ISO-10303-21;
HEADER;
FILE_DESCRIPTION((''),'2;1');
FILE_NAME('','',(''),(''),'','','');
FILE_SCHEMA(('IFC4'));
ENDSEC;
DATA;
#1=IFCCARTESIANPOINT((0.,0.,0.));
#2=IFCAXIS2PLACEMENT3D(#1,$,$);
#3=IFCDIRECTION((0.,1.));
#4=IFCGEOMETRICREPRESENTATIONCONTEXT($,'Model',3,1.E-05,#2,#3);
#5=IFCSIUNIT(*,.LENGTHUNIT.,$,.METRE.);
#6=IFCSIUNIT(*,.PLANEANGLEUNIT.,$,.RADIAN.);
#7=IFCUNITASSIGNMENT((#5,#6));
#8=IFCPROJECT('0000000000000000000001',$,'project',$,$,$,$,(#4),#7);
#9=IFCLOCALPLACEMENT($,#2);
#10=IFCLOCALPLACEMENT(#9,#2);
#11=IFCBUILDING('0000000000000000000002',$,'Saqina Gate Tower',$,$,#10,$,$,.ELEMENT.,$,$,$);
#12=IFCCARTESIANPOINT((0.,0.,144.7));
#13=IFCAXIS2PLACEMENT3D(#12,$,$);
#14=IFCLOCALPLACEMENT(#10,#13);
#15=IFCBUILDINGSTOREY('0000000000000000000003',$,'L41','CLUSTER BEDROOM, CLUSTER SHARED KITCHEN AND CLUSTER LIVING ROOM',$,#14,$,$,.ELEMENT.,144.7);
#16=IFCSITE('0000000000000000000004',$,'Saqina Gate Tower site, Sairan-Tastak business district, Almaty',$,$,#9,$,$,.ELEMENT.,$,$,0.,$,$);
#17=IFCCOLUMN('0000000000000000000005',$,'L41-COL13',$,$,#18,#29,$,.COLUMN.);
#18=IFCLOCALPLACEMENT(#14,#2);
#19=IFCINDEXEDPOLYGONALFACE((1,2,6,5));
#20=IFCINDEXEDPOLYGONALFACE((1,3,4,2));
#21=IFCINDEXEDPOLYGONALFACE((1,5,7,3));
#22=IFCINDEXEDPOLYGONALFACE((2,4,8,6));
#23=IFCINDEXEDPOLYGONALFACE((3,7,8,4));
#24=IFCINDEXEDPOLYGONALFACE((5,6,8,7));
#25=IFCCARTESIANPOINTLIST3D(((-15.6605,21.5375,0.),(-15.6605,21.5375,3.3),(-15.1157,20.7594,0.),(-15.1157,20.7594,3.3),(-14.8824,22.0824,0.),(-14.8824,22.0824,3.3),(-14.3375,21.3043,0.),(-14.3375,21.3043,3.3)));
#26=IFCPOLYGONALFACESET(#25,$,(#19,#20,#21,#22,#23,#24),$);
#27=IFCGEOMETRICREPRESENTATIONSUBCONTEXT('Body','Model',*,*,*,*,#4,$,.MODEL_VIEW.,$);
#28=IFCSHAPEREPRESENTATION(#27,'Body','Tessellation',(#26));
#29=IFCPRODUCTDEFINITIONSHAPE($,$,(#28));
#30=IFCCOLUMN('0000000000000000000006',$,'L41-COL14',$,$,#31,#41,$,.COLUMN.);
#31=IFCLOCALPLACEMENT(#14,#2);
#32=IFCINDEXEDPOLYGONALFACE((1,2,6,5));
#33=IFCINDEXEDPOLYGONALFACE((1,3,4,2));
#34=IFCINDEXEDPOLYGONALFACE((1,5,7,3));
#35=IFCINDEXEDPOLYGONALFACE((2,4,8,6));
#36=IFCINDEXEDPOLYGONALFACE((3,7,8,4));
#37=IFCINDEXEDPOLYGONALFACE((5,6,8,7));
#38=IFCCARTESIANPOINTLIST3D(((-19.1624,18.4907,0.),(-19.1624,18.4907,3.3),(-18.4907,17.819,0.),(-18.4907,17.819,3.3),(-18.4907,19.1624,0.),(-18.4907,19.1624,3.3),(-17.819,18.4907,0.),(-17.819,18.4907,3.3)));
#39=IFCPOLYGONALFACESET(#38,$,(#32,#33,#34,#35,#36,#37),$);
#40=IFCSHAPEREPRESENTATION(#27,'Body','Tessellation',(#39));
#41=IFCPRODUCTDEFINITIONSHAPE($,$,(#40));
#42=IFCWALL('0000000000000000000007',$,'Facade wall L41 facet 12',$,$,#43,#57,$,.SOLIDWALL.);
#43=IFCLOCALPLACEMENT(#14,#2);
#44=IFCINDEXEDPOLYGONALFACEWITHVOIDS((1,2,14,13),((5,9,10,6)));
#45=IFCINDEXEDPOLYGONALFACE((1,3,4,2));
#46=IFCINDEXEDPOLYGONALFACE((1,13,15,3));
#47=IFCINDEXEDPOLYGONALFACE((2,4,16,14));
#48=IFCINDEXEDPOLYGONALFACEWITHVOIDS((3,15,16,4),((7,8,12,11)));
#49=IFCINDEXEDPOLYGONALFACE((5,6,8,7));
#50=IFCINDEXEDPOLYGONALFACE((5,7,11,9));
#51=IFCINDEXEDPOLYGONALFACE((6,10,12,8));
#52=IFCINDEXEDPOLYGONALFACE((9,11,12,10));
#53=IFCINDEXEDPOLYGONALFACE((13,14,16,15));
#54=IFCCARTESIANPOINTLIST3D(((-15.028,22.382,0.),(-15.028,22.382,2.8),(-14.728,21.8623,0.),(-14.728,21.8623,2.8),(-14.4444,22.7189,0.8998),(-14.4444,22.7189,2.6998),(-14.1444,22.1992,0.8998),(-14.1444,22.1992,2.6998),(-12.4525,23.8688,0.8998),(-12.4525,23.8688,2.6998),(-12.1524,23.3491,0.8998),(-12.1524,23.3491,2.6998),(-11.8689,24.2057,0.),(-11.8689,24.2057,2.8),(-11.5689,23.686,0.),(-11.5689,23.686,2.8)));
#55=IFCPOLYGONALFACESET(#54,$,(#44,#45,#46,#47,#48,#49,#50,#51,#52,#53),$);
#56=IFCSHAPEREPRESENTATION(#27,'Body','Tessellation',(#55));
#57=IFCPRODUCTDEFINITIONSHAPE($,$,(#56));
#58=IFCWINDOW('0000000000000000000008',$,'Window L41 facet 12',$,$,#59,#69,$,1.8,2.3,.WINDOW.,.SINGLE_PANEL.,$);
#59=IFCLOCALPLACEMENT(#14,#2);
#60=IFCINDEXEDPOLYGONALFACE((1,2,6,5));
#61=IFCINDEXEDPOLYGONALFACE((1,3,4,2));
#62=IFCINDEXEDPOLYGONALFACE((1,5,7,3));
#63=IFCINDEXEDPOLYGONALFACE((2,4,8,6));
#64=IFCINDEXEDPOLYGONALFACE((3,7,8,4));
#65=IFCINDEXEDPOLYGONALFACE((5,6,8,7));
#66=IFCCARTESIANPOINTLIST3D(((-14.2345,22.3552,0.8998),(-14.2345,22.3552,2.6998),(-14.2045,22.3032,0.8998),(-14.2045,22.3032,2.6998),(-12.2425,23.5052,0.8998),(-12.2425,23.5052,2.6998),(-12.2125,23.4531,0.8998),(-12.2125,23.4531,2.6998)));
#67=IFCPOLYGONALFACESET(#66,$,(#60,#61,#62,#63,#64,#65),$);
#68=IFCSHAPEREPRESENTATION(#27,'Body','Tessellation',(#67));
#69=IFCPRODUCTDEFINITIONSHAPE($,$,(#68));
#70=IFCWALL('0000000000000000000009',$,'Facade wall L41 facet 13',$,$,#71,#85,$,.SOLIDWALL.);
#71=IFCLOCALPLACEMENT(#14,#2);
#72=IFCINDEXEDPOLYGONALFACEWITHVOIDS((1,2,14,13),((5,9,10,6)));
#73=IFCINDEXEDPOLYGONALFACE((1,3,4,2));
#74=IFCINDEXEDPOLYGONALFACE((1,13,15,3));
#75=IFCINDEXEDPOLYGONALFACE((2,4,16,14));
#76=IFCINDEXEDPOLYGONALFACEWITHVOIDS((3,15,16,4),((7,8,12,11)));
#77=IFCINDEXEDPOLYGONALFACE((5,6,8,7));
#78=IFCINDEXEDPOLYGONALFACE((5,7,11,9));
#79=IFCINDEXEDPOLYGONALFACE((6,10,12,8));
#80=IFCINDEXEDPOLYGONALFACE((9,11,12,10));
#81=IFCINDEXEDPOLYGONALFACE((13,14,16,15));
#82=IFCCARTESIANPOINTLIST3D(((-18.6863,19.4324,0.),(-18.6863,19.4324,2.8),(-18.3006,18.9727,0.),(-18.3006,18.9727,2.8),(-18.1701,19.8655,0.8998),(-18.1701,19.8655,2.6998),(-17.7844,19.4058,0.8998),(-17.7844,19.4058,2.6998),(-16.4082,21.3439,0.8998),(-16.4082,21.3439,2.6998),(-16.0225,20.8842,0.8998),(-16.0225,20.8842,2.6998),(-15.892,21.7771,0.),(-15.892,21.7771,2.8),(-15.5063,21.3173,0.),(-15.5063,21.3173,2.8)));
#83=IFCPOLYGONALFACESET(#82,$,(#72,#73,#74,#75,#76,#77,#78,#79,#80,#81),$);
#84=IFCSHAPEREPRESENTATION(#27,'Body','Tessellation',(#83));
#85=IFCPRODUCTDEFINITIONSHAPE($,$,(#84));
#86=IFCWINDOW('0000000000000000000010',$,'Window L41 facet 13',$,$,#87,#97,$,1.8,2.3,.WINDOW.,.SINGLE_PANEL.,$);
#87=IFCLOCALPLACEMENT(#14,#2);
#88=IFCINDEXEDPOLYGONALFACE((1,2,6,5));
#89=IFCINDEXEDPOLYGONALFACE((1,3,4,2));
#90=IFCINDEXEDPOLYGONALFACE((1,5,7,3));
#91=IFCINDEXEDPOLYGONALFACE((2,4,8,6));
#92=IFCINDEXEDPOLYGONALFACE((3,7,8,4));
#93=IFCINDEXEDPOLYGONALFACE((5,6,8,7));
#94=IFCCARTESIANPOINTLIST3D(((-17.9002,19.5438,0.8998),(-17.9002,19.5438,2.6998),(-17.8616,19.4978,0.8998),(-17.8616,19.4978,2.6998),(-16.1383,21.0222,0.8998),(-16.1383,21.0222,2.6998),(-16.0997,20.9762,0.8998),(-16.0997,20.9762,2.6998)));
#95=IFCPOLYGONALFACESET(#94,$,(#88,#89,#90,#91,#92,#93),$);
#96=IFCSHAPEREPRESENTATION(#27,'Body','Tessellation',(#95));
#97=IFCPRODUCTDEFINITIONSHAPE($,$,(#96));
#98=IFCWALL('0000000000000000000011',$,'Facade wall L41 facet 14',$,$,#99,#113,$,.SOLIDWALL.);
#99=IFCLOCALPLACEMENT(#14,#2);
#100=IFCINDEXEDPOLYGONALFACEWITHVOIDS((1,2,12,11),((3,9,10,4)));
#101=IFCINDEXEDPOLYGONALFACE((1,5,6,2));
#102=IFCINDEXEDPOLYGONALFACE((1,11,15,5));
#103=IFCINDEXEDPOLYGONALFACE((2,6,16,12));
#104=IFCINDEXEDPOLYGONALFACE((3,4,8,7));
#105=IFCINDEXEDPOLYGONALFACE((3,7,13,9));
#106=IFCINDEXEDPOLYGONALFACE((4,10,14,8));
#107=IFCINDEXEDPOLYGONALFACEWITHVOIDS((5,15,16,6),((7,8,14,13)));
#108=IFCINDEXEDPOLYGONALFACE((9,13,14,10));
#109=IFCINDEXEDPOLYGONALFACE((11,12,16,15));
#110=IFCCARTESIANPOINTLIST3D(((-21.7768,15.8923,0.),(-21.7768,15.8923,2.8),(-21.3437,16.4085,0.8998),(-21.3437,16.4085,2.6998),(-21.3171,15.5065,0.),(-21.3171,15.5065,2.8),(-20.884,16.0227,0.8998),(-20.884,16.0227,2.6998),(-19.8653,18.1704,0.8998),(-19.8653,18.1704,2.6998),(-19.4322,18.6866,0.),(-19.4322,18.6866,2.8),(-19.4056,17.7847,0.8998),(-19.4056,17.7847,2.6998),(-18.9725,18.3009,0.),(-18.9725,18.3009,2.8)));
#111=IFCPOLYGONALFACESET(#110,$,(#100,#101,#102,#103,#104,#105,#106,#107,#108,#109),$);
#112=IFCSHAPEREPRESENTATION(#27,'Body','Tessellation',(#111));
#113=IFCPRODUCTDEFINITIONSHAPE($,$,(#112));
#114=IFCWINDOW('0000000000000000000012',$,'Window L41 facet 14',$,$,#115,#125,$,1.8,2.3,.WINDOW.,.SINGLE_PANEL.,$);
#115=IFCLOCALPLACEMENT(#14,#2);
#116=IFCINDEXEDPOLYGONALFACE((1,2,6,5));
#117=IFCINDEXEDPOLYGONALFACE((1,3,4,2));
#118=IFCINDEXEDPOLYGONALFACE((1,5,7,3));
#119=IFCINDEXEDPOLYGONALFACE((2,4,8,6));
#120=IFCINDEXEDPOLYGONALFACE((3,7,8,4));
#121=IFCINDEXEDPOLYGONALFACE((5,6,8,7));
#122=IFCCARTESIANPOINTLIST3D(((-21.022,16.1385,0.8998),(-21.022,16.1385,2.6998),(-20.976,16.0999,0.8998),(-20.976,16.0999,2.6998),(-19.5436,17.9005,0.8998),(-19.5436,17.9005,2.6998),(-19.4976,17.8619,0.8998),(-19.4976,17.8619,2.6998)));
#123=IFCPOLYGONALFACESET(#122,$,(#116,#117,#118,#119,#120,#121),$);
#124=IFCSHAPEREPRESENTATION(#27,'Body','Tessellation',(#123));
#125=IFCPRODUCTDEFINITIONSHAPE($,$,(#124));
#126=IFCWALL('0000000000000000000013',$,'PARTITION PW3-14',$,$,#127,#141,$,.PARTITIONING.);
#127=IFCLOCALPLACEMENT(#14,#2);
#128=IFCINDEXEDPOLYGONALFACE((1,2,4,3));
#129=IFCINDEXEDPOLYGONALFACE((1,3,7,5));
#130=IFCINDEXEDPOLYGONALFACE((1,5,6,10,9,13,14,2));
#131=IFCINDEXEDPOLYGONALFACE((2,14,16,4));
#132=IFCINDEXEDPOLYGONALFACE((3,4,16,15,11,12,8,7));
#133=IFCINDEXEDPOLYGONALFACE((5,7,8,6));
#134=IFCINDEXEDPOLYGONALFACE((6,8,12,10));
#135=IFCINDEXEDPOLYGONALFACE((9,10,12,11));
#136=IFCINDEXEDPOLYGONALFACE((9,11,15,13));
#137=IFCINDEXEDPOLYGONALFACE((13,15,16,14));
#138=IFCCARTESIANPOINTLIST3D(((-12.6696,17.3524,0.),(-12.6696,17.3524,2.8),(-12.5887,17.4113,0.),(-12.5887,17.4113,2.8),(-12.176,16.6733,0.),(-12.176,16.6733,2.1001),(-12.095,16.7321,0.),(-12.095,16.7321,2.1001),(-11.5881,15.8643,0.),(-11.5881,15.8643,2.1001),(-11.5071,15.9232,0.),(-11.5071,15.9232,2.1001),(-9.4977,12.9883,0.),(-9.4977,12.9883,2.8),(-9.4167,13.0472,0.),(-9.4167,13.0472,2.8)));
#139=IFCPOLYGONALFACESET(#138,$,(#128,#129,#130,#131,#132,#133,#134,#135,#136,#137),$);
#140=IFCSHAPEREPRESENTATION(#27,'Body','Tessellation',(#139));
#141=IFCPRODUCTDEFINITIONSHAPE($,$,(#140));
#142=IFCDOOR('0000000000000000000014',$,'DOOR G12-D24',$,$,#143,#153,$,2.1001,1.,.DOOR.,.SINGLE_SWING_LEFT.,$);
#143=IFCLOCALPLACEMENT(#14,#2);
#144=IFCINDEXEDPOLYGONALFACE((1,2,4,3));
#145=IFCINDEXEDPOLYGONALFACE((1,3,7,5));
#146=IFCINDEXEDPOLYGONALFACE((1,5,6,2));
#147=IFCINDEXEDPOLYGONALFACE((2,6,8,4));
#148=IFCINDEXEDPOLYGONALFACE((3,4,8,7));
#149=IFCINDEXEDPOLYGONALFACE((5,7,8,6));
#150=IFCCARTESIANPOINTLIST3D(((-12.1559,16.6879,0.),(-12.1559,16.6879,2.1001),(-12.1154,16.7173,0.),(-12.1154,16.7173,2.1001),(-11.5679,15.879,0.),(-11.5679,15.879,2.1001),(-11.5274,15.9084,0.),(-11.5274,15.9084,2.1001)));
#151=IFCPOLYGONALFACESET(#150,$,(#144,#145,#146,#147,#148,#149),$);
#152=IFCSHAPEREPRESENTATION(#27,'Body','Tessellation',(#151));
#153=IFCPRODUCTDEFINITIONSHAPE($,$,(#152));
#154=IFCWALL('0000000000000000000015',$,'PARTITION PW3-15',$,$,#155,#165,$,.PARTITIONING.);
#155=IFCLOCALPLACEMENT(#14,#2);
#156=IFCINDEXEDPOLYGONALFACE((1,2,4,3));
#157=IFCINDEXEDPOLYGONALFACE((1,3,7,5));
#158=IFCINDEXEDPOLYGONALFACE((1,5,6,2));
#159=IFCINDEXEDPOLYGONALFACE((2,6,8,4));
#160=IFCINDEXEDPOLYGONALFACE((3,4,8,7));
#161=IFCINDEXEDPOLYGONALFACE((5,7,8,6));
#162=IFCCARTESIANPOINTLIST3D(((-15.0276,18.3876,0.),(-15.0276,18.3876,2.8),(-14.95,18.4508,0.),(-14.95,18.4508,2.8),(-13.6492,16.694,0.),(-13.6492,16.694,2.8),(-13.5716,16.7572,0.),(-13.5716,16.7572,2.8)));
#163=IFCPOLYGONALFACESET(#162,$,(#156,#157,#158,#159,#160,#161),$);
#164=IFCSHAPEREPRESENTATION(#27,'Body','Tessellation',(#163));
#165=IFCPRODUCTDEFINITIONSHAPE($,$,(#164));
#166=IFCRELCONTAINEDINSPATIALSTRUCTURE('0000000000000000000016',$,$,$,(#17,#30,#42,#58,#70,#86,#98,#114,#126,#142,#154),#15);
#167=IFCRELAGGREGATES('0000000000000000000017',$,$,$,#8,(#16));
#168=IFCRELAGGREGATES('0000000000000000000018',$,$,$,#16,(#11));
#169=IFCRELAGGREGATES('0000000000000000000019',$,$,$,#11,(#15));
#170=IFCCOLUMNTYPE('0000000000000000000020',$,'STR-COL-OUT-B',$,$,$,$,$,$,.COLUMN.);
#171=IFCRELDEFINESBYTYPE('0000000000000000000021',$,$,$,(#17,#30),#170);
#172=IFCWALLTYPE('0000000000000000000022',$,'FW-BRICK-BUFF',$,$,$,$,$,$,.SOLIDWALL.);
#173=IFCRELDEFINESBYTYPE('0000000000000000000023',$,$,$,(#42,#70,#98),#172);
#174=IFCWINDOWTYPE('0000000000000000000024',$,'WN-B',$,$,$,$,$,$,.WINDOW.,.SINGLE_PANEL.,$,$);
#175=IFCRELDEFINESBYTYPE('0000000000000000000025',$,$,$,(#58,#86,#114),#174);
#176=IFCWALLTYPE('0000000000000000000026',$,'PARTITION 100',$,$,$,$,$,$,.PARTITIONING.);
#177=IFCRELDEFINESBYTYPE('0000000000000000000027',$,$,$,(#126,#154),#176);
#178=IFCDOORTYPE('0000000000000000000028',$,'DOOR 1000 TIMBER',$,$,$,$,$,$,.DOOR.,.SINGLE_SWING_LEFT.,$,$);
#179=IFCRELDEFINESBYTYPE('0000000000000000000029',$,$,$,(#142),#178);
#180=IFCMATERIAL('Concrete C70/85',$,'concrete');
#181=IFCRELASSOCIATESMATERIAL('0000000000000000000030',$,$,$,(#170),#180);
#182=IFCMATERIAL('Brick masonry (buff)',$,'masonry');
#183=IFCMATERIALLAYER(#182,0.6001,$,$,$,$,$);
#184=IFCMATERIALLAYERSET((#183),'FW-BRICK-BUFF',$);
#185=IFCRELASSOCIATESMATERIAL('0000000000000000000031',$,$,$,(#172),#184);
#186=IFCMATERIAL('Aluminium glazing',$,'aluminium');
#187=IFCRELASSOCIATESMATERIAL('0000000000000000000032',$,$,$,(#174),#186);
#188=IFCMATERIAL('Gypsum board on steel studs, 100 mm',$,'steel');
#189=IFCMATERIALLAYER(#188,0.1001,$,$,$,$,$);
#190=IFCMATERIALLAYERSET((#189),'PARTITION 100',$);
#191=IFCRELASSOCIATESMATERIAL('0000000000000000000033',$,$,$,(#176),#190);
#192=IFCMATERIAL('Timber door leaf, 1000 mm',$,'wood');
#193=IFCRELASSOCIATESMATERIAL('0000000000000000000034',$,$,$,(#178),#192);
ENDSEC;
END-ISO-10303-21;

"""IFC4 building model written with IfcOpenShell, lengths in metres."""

from ifc_helpers import new_model, si_unit, direction, frame, frame_2d, origin, origin_2d, place, context, subcontext, project, spatial, rectangle, extrude, material, layer, layer_set, material_profile, profile_set, type_object, element, fill, save


model = new_model("IFC4")

# Units and contexts
model_context = context("Model", 3, precision=1e-05, world=origin(), true_north=direction((0.0, 1.0)))
body_context = subcontext(model_context, "Body", "Model", "MODEL_VIEW")
ifc_project = project(units=[si_unit("LENGTHUNIT", "METRE"), si_unit("PLANEANGLEUNIT", "RADIAN")], contexts=[model_context])

# Site, building, storey
site_placement = place(None, origin())
site = spatial("IfcSite", under=ifc_project, at=site_placement, Name="Saqina Gate Tower site, Sairan-Tastak business district, Almaty", CompositionType="ELEMENT", RefElevation=0.0)
building_placement = place(site_placement, origin())
building = spatial("IfcBuilding", under=site, at=building_placement, Name="Saqina Gate Tower", CompositionType="ELEMENT")
storey_placement = place(building_placement, frame((0.0, 0.0, 144.7)))
storey = spatial("IfcBuildingStorey", under=building, at=storey_placement, Name="L41", Description="CLUSTER BEDROOM, CLUSTER SHARED KITCHEN AND CLUSTER LIVING ROOM", CompositionType="ELEMENT", Elevation=144.7)

# Columns
ifc_material_1 = material(Name="Concrete C70/85", Category="concrete")
ifc_material_profile = material_profile(ifc_material_1, rectangle(XDim=0.95, YDim=0.95, at=origin_2d()), Name="RC 950x950")
ifc_profile_set = profile_set([ifc_material_profile], Name="Concrete C70/85")
column_type = type_object("IfcColumnType", Name="STR-COL-OUT-B", PredefinedType="COLUMN", material=ifc_profile_set)
for number, where, z_axis, x_axis, name in (
    (1, (-14.999, 21.4209, 0.0), (0.0, 0.0, 1.0), (-0.573576, 0.819152, 0.0), "L41-COL13"),
    (2, (-18.4907, 18.4907, 0.0), (0.0, 0.0, 1.0), (-0.707107, 0.707107, 0.0), "L41-COL14"),
):
    element("IfcColumn", number, at=place(storey_placement, frame(where, z_axis=z_axis, x_axis=x_axis)), inside=storey, type_object=column_type, Name=name, PredefinedType="COLUMN", context=body_context, shape_type="SweptSolid", body=[
        extrude(rectangle(XDim=0.95, YDim=0.95, at=origin_2d()), origin(), (0.0, 0.0, 1.0), 3.3),
    ])

# Walls, openings, windows
ifc_material_2 = material(Name="Brick masonry (buff)", Category="masonry")
ifc_layer_1 = layer(ifc_material_2, 0.6001)
ifc_layer_set_1 = layer_set([ifc_layer_1], Name="FW-BRICK-BUFF")
wall_type_1 = type_object("IfcWallType", Name="FW-BRICK-BUFF", PredefinedType="SOLIDWALL", material=ifc_layer_set_1)
wall_1_placement = place(storey_placement, frame((-11.719, 23.9458, 0.0), z_axis=(0.0, 0.0, 1.0), x_axis=(-0.866052, -0.499954, 0.0)))
wall_1 = element("IfcWall", 3, at=wall_1_placement, inside=storey, type_object=wall_type_1, Name="Facade wall L41 facet 12", PredefinedType="SOLIDWALL", context=body_context, shape_type="SweptSolid", body=[
    extrude(rectangle(XDim=3.6477, YDim=0.6001, at=frame_2d((1.8237, 0.0))), origin(), (0.0, 0.0, 1.0), 2.8),
])
opening_1_placement = place(wall_1_placement, frame((0.6738, 0.0, 0.8999)))
opening_1 = element("IfcOpeningElement", 4, at=opening_1_placement, cuts=wall_1, PredefinedType="OPENING", context=body_context, shape_type="SweptSolid", body=[
    extrude(rectangle(XDim=2.3, YDim=1.8, at=frame_2d((1.1499, 0.8999))), frame((0.0, 0.312, 0.0), z_axis=(0.0, -1.0, 0.0), x_axis=(1.0, 0.0, 0.0)), (0.0, 0.0, 1.0), 0.624),
])
ifc_material_3 = material(Name="Aluminium glazing", Category="aluminium")
window_type = type_object("IfcWindowType", Name="WN-B", PartitioningType="SINGLE_PANEL", PredefinedType="WINDOW", material=ifc_material_3)
window_1_placement = place(opening_1_placement, origin())
window_1 = element("IfcWindow", 5, at=window_1_placement, inside=storey, type_object=window_type, Name="Window L41 facet 12", OverallHeight=1.8, OverallWidth=2.3, PartitioningType="SINGLE_PANEL", PredefinedType="WINDOW", context=body_context, shape_type="SweptSolid", body=[
    extrude(rectangle(XDim=2.3, YDim=1.8, at=frame_2d((1.1499, 0.8999))), frame((0.0, 0.1799, 0.0), z_axis=(0.0, -1.0, 0.0), x_axis=(1.0, 0.0, 0.0)), (0.0, 0.0, 1.0), 0.0601),
])
fill(opening_1, window_1)
wall_2_placement = place(storey_placement, frame((-15.6992, 21.5471, 0.0), z_axis=(0.0, 0.0, 1.0), x_axis=(-0.766055, -0.642774, 0.0)))
wall_2 = element("IfcWall", 6, at=wall_2_placement, inside=storey, type_object=wall_type_1, Name="Facade wall L41 facet 13", PredefinedType="SOLIDWALL", context=body_context, shape_type="SweptSolid", body=[
    extrude(rectangle(XDim=3.6477, YDim=0.6001, at=frame_2d((1.8237, 0.0))), origin(), (0.0, 0.0, 1.0), 2.8),
])
opening_2_placement = place(wall_2_placement, frame((0.6738, 0.0, 0.8999)))
opening_2 = element("IfcOpeningElement", 7, at=opening_2_placement, cuts=wall_2, PredefinedType="OPENING", context=body_context, shape_type="SweptSolid", body=[
    extrude(rectangle(XDim=2.3, YDim=1.8, at=frame_2d((1.1499, 0.8999))), frame((0.0, 0.312, 0.0), z_axis=(0.0, -1.0, 0.0), x_axis=(1.0, 0.0, 0.0)), (0.0, 0.0, 1.0), 0.624),
])
window_2_placement = place(opening_2_placement, origin())
window_2 = element("IfcWindow", 8, at=window_2_placement, inside=storey, type_object=window_type, Name="Window L41 facet 13", OverallHeight=1.8, OverallWidth=2.3, PartitioningType="SINGLE_PANEL", PredefinedType="WINDOW", context=body_context, shape_type="SweptSolid", body=[
    extrude(rectangle(XDim=2.3, YDim=1.8, at=frame_2d((1.1499, 0.8999))), frame((0.0, 0.1799, 0.0), z_axis=(0.0, -1.0, 0.0), x_axis=(1.0, 0.0, 0.0)), (0.0, 0.0, 1.0), 0.0601),
])
fill(opening_2, window_2)
wall_3_placement = place(storey_placement, frame((-19.2024, 18.4937, 0.0), z_axis=(0.0, 0.0, 1.0), x_axis=(-0.642774, -0.766055, 0.0)))
wall_3 = element("IfcWall", 9, at=wall_3_placement, inside=storey, type_object=wall_type_1, Name="Facade wall L41 facet 14", PredefinedType="SOLIDWALL", context=body_context, shape_type="SweptSolid", body=[
    extrude(rectangle(XDim=3.6477, YDim=0.6001, at=frame_2d((1.8237, 0.0))), origin(), (0.0, 0.0, 1.0), 2.8),
])
opening_3_placement = place(wall_3_placement, frame((0.6738, 0.0, 0.8999)))
opening_3 = element("IfcOpeningElement", 10, at=opening_3_placement, cuts=wall_3, PredefinedType="OPENING", context=body_context, shape_type="SweptSolid", body=[
    extrude(rectangle(XDim=2.3, YDim=1.8, at=frame_2d((1.1499, 0.8999))), frame((0.0, 0.312, 0.0), z_axis=(0.0, -1.0, 0.0), x_axis=(1.0, 0.0, 0.0)), (0.0, 0.0, 1.0), 0.624),
])
window_3_placement = place(opening_3_placement, origin())
window_3 = element("IfcWindow", 11, at=window_3_placement, inside=storey, type_object=window_type, Name="Window L41 facet 14", OverallHeight=1.8, OverallWidth=2.3, PartitioningType="SINGLE_PANEL", PredefinedType="WINDOW", context=body_context, shape_type="SweptSolid", body=[
    extrude(rectangle(XDim=2.3, YDim=1.8, at=frame_2d((1.1499, 0.8999))), frame((0.0, 0.1799, 0.0), z_axis=(0.0, -1.0, 0.0), x_axis=(1.0, 0.0, 0.0)), (0.0, 0.0, 1.0), 0.0601),
])
fill(opening_3, window_3)

# Wall, opening, door
ifc_material_4 = material(Name="Gypsum board on steel studs, 100 mm", Category="steel")
ifc_layer_2 = layer(ifc_material_4, 0.1001)
ifc_layer_set_2 = layer_set([ifc_layer_2], Name="PARTITION 100")
wall_type_2 = type_object("IfcWallType", Name="PARTITION 100", PredefinedType="PARTITIONING", material=ifc_layer_set_2)
wall_4_placement = place(storey_placement, frame((-12.6292, 17.3818, 0.0), z_axis=(0.0, 0.0, 1.0), x_axis=(0.587935, -0.808908, 0.0)))
wall_4 = element("IfcWall", 12, at=wall_4_placement, inside=storey, type_object=wall_type_2, Name="PARTITION PW3-14", PredefinedType="PARTITIONING", context=body_context, shape_type="SweptSolid", body=[
    extrude(rectangle(XDim=5.395, YDim=0.1001, at=frame_2d((2.6975, 0.0))), origin(), (0.0, 0.0, 1.0), 2.8),
])
opening_4_placement = place(wall_4_placement, frame((0.8396, 0.0, 0.0)))
opening_4 = element("IfcOpeningElement", 13, at=opening_4_placement, cuts=wall_4, PredefinedType="OPENING", context=body_context, shape_type="SweptSolid", body=[
    extrude(rectangle(XDim=1.0, YDim=2.1001, at=frame_2d((0.5, 1.05))), frame((0.0, 0.062, 0.0), z_axis=(0.0, -1.0, 0.0), x_axis=(1.0, 0.0, 0.0)), (0.0, 0.0, 1.0), 0.124),
])
ifc_material_5 = material(Name="Timber door leaf, 1000 mm", Category="wood")
door_type_1 = type_object("IfcDoorType", Name="DOOR 1000 TIMBER", OperationType="SINGLE_SWING_LEFT", PredefinedType="DOOR", material=ifc_material_5)
door_1_placement = place(opening_4_placement, origin())
door_1 = element("IfcDoor", 14, at=door_1_placement, inside=storey, type_object=door_type_1, Name="DOOR G12-D24", OperationType="SINGLE_SWING_LEFT", OverallHeight=2.1001, OverallWidth=1.0, PredefinedType="DOOR", context=body_context, shape_type="SweptSolid", body=[
    extrude(rectangle(XDim=1.0, YDim=2.1001, at=frame_2d((0.5, 1.05))), frame((0.0, 0.0249, 0.0), z_axis=(0.0, -1.0, 0.0), x_axis=(1.0, 0.0, 0.0)), (0.0, 0.0, 1.0), 0.05),
])
fill(opening_4, door_1)

# Wall
wall_5_placement = place(storey_placement, frame((-14.9888, 18.4192, 0.0), z_axis=(0.0, 0.0, 1.0), x_axis=(0.631245, -0.775584, 0.0)))
element("IfcWall", 15, at=wall_5_placement, inside=storey, type_object=wall_type_2, Name="PARTITION PW3-15", PredefinedType="PARTITIONING", context=body_context, shape_type="SweptSolid", body=[
    extrude(rectangle(XDim=2.1836, YDim=0.1001, at=frame_2d((1.0918, 0.0))), origin(), (0.0, 0.0, 1.0), 2.8),
])

save(model, "model.ifc")
